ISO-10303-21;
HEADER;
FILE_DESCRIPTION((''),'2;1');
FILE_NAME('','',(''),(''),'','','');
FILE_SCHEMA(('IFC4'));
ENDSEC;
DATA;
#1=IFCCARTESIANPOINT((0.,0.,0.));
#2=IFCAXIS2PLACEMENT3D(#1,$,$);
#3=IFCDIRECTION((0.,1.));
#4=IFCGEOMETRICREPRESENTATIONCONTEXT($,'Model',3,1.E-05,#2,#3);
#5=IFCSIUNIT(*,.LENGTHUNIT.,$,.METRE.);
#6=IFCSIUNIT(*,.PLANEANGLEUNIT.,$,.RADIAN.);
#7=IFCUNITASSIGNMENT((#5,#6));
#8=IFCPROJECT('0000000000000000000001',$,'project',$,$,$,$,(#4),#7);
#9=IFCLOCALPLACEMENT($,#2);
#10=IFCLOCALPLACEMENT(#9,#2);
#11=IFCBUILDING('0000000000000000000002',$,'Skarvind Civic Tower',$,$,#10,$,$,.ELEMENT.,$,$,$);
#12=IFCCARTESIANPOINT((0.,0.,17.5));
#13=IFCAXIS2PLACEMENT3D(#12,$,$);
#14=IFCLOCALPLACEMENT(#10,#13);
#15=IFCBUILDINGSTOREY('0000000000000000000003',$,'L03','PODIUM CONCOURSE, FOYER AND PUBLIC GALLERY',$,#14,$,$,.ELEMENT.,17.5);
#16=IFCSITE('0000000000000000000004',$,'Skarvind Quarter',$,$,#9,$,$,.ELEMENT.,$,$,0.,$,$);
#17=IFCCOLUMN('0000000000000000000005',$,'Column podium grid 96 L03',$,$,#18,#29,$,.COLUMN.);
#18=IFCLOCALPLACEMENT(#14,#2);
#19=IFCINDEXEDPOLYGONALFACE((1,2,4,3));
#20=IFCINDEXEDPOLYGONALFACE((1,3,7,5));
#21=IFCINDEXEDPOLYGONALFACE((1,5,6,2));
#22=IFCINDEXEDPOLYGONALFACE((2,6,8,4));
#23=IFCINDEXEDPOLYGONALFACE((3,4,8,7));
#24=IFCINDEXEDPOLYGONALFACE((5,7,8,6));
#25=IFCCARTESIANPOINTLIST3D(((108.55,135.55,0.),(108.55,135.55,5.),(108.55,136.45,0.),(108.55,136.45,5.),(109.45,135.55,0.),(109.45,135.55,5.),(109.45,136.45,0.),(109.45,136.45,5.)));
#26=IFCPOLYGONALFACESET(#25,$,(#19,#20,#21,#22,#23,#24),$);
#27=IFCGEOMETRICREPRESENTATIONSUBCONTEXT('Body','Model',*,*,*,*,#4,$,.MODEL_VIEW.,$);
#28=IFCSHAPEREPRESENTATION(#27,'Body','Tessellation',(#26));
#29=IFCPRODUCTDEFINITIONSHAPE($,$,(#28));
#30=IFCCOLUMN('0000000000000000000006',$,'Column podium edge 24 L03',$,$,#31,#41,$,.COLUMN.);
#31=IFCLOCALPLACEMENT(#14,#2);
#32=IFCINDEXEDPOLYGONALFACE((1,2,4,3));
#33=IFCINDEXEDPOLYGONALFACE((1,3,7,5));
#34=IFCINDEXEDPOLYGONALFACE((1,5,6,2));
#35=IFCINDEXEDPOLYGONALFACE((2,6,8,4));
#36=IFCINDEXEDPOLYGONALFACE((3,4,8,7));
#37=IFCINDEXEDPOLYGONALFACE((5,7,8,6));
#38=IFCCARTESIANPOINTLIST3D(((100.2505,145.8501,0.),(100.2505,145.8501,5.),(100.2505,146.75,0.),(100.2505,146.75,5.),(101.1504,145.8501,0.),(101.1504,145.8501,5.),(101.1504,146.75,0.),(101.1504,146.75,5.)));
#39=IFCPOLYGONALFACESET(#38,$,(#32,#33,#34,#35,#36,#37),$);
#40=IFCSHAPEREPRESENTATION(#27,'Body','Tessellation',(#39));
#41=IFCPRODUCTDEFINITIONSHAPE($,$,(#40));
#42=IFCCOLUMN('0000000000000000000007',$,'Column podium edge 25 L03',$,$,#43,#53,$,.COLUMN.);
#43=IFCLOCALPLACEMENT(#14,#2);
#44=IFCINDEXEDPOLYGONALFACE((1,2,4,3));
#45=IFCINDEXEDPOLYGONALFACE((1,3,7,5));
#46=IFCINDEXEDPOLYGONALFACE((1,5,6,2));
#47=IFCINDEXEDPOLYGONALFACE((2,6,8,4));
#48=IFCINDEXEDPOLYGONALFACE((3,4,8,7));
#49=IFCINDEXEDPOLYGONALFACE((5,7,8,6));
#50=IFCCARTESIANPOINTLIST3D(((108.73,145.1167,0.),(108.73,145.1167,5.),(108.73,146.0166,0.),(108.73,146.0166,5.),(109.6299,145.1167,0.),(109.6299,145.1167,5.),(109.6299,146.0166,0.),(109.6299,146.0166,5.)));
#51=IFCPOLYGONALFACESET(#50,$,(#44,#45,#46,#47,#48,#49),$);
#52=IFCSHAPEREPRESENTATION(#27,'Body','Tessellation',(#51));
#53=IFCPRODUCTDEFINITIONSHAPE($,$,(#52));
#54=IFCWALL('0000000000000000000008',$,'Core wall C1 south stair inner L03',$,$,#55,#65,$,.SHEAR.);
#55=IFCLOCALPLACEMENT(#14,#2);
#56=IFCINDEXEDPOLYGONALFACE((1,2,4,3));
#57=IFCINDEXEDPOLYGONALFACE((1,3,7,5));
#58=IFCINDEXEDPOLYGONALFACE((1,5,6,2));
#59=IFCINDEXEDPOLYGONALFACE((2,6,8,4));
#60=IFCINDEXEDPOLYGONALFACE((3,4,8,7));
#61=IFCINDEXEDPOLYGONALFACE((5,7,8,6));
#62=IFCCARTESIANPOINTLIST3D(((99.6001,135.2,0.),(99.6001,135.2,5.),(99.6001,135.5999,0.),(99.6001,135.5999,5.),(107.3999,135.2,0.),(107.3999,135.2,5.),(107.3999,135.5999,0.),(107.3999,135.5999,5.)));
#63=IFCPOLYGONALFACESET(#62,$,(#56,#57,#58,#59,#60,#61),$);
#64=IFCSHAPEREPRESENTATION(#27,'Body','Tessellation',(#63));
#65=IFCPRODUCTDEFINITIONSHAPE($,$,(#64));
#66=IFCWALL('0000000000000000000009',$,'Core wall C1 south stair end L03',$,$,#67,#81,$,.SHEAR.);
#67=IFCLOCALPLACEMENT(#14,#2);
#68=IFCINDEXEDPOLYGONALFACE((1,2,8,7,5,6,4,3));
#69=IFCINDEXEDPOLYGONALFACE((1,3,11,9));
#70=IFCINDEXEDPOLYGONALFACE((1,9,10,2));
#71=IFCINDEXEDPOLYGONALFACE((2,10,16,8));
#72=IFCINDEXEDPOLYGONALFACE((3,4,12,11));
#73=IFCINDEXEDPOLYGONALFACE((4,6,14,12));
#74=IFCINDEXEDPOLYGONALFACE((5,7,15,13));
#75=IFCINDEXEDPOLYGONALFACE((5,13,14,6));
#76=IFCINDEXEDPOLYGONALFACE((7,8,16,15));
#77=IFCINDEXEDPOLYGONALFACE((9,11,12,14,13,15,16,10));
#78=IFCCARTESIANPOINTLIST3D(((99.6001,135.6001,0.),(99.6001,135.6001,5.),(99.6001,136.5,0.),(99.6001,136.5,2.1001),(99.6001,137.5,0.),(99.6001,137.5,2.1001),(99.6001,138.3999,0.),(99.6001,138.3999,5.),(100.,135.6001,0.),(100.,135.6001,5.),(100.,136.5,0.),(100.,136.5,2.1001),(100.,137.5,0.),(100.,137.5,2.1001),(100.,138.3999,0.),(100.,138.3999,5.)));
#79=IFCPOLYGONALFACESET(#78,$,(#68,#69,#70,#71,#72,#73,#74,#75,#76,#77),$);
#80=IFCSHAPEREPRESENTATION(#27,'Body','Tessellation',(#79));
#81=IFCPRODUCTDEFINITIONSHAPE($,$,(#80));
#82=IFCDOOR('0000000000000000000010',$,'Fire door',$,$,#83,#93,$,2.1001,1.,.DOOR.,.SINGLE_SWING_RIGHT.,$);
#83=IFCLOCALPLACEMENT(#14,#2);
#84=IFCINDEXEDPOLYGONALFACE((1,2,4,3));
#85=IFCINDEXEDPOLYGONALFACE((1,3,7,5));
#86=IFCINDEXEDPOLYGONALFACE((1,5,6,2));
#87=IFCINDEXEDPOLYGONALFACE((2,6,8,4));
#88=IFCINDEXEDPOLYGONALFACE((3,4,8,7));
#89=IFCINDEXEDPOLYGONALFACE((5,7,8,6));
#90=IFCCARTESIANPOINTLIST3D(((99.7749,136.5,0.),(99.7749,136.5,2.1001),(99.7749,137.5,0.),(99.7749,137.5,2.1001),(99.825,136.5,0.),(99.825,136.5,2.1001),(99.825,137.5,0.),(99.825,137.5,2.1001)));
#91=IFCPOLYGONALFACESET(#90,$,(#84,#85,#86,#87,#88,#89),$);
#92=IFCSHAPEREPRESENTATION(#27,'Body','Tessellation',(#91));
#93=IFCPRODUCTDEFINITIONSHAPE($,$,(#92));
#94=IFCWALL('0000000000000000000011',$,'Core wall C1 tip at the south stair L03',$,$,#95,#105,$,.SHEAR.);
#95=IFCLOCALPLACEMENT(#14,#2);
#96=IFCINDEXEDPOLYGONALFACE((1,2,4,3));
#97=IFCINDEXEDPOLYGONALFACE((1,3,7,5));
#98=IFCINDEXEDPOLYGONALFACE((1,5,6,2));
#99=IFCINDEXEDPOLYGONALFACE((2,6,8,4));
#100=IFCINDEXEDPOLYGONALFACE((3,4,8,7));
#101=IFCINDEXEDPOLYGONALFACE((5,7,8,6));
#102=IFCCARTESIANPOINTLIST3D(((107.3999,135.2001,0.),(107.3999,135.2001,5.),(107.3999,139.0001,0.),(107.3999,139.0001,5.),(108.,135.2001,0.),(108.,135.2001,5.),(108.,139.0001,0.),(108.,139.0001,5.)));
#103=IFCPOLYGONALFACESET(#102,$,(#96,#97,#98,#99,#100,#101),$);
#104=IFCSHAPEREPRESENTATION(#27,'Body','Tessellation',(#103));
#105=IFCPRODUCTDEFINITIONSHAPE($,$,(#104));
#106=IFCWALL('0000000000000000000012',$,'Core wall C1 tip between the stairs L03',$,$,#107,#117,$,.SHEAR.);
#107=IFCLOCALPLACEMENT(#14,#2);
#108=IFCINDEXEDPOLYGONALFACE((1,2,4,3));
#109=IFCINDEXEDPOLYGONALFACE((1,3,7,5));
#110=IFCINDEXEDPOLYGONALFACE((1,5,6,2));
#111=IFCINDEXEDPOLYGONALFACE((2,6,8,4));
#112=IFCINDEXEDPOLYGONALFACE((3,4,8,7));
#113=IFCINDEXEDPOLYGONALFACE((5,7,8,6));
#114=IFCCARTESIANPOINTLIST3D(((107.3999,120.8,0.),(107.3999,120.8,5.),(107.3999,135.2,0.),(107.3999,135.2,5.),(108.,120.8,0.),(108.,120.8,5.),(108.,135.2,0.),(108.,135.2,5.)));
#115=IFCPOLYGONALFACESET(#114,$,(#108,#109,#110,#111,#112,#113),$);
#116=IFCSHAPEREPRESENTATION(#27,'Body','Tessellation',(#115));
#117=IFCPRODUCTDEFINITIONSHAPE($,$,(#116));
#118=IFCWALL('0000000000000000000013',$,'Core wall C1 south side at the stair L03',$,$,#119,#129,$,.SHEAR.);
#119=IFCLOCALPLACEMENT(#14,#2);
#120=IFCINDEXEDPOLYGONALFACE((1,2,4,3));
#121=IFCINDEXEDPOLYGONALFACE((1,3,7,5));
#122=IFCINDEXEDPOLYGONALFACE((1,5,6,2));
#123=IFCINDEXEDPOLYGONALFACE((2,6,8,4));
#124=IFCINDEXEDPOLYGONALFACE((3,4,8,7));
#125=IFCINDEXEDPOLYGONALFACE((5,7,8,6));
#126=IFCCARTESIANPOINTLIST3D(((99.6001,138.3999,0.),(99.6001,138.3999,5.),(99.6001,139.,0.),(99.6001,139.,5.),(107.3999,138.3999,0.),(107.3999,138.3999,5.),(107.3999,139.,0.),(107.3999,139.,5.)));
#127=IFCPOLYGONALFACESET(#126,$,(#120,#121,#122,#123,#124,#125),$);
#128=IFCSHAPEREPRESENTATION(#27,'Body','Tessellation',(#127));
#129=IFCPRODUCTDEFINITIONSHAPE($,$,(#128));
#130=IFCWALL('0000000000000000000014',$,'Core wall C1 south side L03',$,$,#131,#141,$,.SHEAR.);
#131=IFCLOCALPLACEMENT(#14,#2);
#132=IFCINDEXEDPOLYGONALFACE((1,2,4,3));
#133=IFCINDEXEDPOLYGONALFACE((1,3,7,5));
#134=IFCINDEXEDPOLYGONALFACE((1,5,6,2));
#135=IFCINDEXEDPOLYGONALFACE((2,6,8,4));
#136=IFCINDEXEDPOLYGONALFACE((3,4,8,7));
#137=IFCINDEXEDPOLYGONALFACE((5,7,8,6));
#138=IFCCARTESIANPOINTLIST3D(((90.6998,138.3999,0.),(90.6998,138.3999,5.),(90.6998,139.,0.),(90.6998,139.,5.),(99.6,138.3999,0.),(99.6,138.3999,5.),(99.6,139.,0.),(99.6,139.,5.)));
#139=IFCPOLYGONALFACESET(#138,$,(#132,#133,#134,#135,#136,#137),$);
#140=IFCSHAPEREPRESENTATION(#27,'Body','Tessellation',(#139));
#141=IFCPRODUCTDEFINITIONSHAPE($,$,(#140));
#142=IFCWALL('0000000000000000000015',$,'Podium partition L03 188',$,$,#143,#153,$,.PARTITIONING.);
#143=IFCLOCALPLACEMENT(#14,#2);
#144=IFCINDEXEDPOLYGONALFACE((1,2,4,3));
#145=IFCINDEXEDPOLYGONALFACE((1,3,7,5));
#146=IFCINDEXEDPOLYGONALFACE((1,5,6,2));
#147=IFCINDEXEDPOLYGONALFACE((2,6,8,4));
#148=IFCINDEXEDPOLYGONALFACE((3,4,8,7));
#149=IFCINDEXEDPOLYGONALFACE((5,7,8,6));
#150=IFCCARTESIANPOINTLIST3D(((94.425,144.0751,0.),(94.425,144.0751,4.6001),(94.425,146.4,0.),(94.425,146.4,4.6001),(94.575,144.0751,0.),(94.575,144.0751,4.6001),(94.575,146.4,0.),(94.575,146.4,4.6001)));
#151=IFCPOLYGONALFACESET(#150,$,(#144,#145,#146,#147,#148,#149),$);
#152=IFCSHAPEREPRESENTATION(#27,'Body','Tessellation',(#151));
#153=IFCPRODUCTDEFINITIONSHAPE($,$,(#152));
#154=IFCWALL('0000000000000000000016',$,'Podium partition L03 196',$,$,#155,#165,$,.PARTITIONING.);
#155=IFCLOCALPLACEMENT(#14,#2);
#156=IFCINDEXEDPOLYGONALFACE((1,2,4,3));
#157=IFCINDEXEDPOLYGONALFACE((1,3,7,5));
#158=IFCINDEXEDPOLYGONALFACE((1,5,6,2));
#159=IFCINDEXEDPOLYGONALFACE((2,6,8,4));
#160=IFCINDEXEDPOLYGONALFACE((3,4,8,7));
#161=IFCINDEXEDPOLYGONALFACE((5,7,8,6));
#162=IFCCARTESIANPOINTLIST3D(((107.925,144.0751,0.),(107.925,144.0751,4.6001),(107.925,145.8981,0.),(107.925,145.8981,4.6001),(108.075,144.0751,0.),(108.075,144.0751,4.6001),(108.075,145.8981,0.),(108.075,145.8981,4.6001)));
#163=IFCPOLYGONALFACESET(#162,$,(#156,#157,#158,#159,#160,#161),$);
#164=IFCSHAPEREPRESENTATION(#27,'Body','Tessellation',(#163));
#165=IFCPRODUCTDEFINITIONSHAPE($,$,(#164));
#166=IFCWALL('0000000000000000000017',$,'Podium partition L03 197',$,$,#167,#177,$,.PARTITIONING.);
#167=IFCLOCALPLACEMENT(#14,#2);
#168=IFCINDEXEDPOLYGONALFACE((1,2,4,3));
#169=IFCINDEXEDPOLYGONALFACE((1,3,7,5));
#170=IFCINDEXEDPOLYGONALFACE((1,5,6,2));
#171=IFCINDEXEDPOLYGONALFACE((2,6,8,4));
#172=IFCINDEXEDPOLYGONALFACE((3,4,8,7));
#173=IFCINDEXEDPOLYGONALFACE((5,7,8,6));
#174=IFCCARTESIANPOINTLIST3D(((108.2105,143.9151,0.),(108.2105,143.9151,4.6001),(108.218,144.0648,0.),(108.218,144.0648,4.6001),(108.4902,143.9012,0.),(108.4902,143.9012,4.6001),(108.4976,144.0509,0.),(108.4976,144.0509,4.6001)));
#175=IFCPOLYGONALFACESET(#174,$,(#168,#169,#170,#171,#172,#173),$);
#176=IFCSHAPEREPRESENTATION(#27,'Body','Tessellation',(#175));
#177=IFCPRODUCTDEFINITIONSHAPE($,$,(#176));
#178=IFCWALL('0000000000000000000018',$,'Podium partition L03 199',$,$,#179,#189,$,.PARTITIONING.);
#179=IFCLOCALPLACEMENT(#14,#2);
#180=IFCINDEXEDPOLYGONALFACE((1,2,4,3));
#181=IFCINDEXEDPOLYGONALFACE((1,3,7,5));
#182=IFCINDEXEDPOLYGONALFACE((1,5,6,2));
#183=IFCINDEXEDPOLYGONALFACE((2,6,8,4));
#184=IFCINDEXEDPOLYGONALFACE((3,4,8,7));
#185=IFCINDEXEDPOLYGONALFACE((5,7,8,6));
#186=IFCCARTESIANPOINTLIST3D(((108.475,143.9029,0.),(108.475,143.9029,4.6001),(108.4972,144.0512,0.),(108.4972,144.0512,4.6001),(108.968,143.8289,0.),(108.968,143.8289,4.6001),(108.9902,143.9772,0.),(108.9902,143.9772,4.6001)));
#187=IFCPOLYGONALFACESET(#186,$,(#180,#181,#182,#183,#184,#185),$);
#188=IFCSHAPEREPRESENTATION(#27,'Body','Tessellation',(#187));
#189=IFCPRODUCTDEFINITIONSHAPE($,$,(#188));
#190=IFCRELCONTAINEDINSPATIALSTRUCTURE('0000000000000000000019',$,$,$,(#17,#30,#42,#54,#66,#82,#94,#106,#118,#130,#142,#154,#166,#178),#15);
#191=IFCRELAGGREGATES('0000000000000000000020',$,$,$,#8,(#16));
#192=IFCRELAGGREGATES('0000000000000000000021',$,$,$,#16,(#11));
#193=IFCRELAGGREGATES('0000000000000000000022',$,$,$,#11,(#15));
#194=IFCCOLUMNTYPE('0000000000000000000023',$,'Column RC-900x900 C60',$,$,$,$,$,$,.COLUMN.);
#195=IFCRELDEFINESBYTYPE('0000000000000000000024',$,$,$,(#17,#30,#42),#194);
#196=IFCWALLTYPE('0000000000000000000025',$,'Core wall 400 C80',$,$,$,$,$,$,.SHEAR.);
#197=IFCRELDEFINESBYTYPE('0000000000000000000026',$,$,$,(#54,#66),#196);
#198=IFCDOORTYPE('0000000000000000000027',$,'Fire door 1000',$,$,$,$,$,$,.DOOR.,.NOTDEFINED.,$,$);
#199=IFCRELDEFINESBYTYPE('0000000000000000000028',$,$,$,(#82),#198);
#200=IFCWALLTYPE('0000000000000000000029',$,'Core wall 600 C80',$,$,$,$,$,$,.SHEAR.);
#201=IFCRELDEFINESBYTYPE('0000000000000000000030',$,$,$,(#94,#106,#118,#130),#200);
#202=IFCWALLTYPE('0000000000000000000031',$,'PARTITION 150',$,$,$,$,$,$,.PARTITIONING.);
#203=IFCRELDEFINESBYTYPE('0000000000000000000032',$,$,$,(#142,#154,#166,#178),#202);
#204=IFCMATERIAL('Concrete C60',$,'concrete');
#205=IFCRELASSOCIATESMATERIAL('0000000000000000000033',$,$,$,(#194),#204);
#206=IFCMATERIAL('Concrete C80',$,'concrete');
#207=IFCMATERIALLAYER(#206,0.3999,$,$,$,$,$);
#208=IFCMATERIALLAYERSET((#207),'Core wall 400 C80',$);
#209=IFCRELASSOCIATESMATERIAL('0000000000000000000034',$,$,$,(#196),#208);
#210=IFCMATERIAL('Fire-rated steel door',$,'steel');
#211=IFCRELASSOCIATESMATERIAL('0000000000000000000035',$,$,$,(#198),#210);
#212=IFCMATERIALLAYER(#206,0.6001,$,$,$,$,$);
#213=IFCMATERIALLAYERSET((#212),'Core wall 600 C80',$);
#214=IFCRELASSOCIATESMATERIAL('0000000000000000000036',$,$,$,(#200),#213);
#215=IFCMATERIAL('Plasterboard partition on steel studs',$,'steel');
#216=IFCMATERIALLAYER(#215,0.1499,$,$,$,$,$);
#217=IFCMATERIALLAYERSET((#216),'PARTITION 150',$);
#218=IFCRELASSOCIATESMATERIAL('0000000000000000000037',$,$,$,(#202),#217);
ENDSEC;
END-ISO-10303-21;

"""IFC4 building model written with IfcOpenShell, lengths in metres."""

from ifc_helpers import new_model, si_unit, direction, frame, frame_2d, origin, origin_2d, place, context, subcontext, project, spatial, rectangle, extrude, material, layer, layer_set, material_profile, profile_set, type_object, element, fill, save


model = new_model("IFC4")

# Units and contexts
model_context = context("Model", 3, precision=1e-05, world=origin(), true_north=direction((0.0, 1.0)))
body_context = subcontext(model_context, "Body", "Model", "MODEL_VIEW")
ifc_project = project(units=[si_unit("LENGTHUNIT", "METRE"), si_unit("PLANEANGLEUNIT", "RADIAN")], contexts=[model_context])

# Site, building, storey
site_placement = place(None, origin())
site = spatial("IfcSite", under=ifc_project, at=site_placement, Name="Skarvind Quarter", CompositionType="ELEMENT", RefElevation=0.0)
building_placement = place(site_placement, origin())
building = spatial("IfcBuilding", under=site, at=building_placement, Name="Skarvind Civic Tower", CompositionType="ELEMENT")
storey_placement = place(building_placement, frame((0.0, 0.0, 17.5)))
storey = spatial("IfcBuildingStorey", under=building, at=storey_placement, Name="L03", Description="PODIUM CONCOURSE, FOYER AND PUBLIC GALLERY", CompositionType="ELEMENT", Elevation=17.5)

# Columns
ifc_material_1 = material(Name="Concrete C60", Category="concrete")
ifc_material_profile = material_profile(ifc_material_1, rectangle(XDim=0.8999, YDim=0.8999, at=origin_2d()), Name="RC-900x900")
ifc_profile_set = profile_set([ifc_material_profile], Name="Concrete C60")
column_type = type_object("IfcColumnType", Name="Column RC-900x900 C60", PredefinedType="COLUMN", material=ifc_profile_set)
for number, where, z_axis, x_axis, name in (
    (1, (109.0, 136.0, 0.0), (0.0, 0.0, 1.0), (1.0, 0.0, 0.0), "Column podium grid 96 L03"),
    (2, (100.7004, 146.3, 0.0), (0.0, 0.0, 1.0), (1.0, 0.0, 0.0), "Column podium edge 24 L03"),
    (3, (109.1799, 145.5667, 0.0), (0.0, 0.0, 1.0), (1.0, 0.0, 0.0), "Column podium edge 25 L03"),
):
    element("IfcColumn", number, at=place(storey_placement, frame(where, z_axis=z_axis, x_axis=x_axis)), inside=storey, type_object=column_type, Name=name, PredefinedType="COLUMN", context=body_context, shape_type="SweptSolid", body=[
        extrude(rectangle(XDim=0.8999, YDim=0.8999, at=origin_2d()), origin(), (0.0, 0.0, 1.0), 5.0),
    ])

# Wall
ifc_material_2 = material(Name="Concrete C80", Category="concrete")
ifc_layer_1 = layer(ifc_material_2, 0.3999)
ifc_layer_set_1 = layer_set([ifc_layer_1], Name="Core wall 400 C80")
wall_type_1 = type_object("IfcWallType", Name="Core wall 400 C80", PredefinedType="SHEAR", material=ifc_layer_set_1)
wall_1_placement = place(storey_placement, frame((107.3999, 135.3999, 0.0), z_axis=(0.0, 0.0, 1.0), x_axis=(-1.0, 0.0, 0.0)))
element("IfcWall", 4, at=wall_1_placement, inside=storey, type_object=wall_type_1, Name="Core wall C1 south stair inner L03", PredefinedType="SHEAR", context=body_context, shape_type="SweptSolid", body=[
    extrude(rectangle(XDim=7.7998, YDim=0.3999, at=frame_2d((3.8999, 0.0))), origin(), (0.0, 0.0, 1.0), 5.0),
])

# Wall, opening, door
wall_2_placement = place(storey_placement, frame((99.8, 138.3999, 0.0), z_axis=(0.0, 0.0, 1.0), x_axis=(0.0, -1.0, 0.0)))
wall_2 = element("IfcWall", 5, at=wall_2_placement, inside=storey, type_object=wall_type_1, Name="Core wall C1 south stair end L03", PredefinedType="SHEAR", context=body_context, shape_type="SweptSolid", body=[
    extrude(rectangle(XDim=2.7998, YDim=0.3999, at=frame_2d((1.3999, 0.0))), origin(), (0.0, 0.0, 1.0), 5.0),
])
opening_1_placement = place(wall_2_placement, frame((0.8999, 0.0, 0.0)))
opening_1 = element("IfcOpeningElement", 6, at=opening_1_placement, cuts=wall_2, PredefinedType="OPENING", context=body_context, shape_type="SweptSolid", body=[
    extrude(rectangle(XDim=1.0, YDim=2.1001, at=frame_2d((0.5, 1.05))), frame((0.0, 0.21, 0.0), z_axis=(0.0, -1.0, 0.0), x_axis=(1.0, 0.0, 0.0)), (0.0, 0.0, 1.0), 0.4199),
])
ifc_material_3 = material(Name="Fire-rated steel door", Category="steel")
door_type_1 = type_object("IfcDoorType", Name="Fire door 1000", OperationType="NOTDEFINED", PredefinedType="DOOR", material=ifc_material_3)
door_1_placement = place(opening_1_placement, origin())
door_1 = element("IfcDoor", 7, at=door_1_placement, inside=storey, type_object=door_type_1, Name="Fire door", OperationType="SINGLE_SWING_RIGHT", OverallHeight=2.1001, OverallWidth=1.0, PredefinedType="DOOR", context=body_context, shape_type="SweptSolid", body=[
    extrude(rectangle(XDim=1.0, YDim=2.1001, at=frame_2d((0.5, 1.05))), frame((0.0, 0.0249, 0.0), z_axis=(0.0, -1.0, 0.0), x_axis=(1.0, 0.0, 0.0)), (0.0, 0.0, 1.0), 0.05),
])
fill(opening_1, door_1)

# Walls
ifc_layer_2 = layer(ifc_material_2, 0.6001)
ifc_layer_set_2 = layer_set([ifc_layer_2], Name="Core wall 600 C80")
wall_type_2 = type_object("IfcWallType", Name="Core wall 600 C80", PredefinedType="SHEAR", material=ifc_layer_set_2)
wall_3_placement = place(storey_placement, frame((107.7, 139.0, 0.0), z_axis=(0.0, 0.0, 1.0), x_axis=(0.0, -1.0, 0.0)))
element("IfcWall", 8, at=wall_3_placement, inside=storey, type_object=wall_type_2, Name="Core wall C1 tip at the south stair L03", PredefinedType="SHEAR", context=body_context, shape_type="SweptSolid", body=[
    extrude(rectangle(XDim=3.8, YDim=0.6001, at=frame_2d((1.8999, 0.0))), origin(), (0.0, 0.0, 1.0), 5.0),
])
wall_4_placement = place(storey_placement, frame((107.7, 135.2, 0.0), z_axis=(0.0, 0.0, 1.0), x_axis=(0.0, -1.0, 0.0)))
element("IfcWall", 9, at=wall_4_placement, inside=storey, type_object=wall_type_2, Name="Core wall C1 tip between the stairs L03", PredefinedType="SHEAR", context=body_context, shape_type="SweptSolid", body=[
    extrude(rectangle(XDim=14.3999, YDim=0.6001, at=frame_2d((7.2, 0.0))), origin(), (0.0, 0.0, 1.0), 5.0),
])
wall_5_placement = place(storey_placement, frame((107.3999, 138.7, 0.0), z_axis=(0.0, 0.0, 1.0), x_axis=(-1.0, 0.0, 0.0)))
element("IfcWall", 10, at=wall_5_placement, inside=storey, type_object=wall_type_2, Name="Core wall C1 south side at the stair L03", PredefinedType="SHEAR", context=body_context, shape_type="SweptSolid", body=[
    extrude(rectangle(XDim=7.7998, YDim=0.6001, at=frame_2d((3.8999, 0.0))), origin(), (0.0, 0.0, 1.0), 5.0),
])
wall_6_placement = place(storey_placement, frame((99.6001, 138.7, 0.0), z_axis=(0.0, 0.0, 1.0), x_axis=(-1.0, 0.0, 0.0)))
element("IfcWall", 11, at=wall_6_placement, inside=storey, type_object=wall_type_2, Name="Core wall C1 south side L03", PredefinedType="SHEAR", context=body_context, shape_type="SweptSolid", body=[
    extrude(rectangle(XDim=8.9001, YDim=0.6001, at=frame_2d((4.4502, 0.0))), origin(), (0.0, 0.0, 1.0), 5.0),
])
ifc_material_4 = material(Name="Plasterboard partition on steel studs", Category="steel")
ifc_layer_3 = layer(ifc_material_4, 0.1499)
ifc_layer_set_3 = layer_set([ifc_layer_3], Name="PARTITION 150")
wall_type_3 = type_object("IfcWallType", Name="PARTITION 150", PredefinedType="PARTITIONING", material=ifc_layer_set_3)
wall_7_placement = place(storey_placement, frame((94.5, 144.075, 0.0), z_axis=(0.0, 0.0, 1.0), x_axis=(0.0, 1.0, 0.0)))
element("IfcWall", 12, at=wall_7_placement, inside=storey, type_object=wall_type_3, Name="Podium partition L03 188", PredefinedType="PARTITIONING", context=body_context, shape_type="SweptSolid", body=[
    extrude(rectangle(XDim=2.325, YDim=0.1499, at=frame_2d((1.1626, 0.0))), origin(), (0.0, 0.0, 1.0), 4.6001),
])
wall_8_placement = place(storey_placement, frame((108.0, 144.075, 0.0), z_axis=(0.0, 0.0, 1.0), x_axis=(0.0, 1.0, 0.0)))
element("IfcWall", 13, at=wall_8_placement, inside=storey, type_object=wall_type_3, Name="Podium partition L03 196", PredefinedType="PARTITIONING", context=body_context, shape_type="SweptSolid", body=[
    extrude(rectangle(XDim=1.823, YDim=0.1499, at=frame_2d((0.9116, 0.0))), origin(), (0.0, 0.0, 1.0), 4.6001),
])
wall_9_placement = place(storey_placement, frame((108.2141, 143.99, 0.0), z_axis=(0.0, 0.0, 1.0), x_axis=(0.998765, -0.049677, 0.0)))
element("IfcWall", 14, at=wall_9_placement, inside=storey, type_object=wall_type_3, Name="Podium partition L03 197", PredefinedType="PARTITIONING", context=body_context, shape_type="SweptSolid", body=[
    extrude(rectangle(XDim=0.28, YDim=0.1499, at=frame_2d((0.1401, 0.0))), origin(), (0.0, 0.0, 1.0), 4.6001),
])
wall_10_placement = place(storey_placement, frame((108.4861, 143.9771, 0.0), z_axis=(0.0, 0.0, 1.0), x_axis=(0.988926, -0.148412, 0.0)))
element("IfcWall", 15, at=wall_10_placement, inside=storey, type_object=wall_type_3, Name="Podium partition L03 199", PredefinedType="PARTITIONING", context=body_context, shape_type="SweptSolid", body=[
    extrude(rectangle(XDim=0.4985, YDim=0.1499, at=frame_2d((0.2493, 0.0))), origin(), (0.0, 0.0, 1.0), 4.6001),
])

save(model, "model.ifc")
